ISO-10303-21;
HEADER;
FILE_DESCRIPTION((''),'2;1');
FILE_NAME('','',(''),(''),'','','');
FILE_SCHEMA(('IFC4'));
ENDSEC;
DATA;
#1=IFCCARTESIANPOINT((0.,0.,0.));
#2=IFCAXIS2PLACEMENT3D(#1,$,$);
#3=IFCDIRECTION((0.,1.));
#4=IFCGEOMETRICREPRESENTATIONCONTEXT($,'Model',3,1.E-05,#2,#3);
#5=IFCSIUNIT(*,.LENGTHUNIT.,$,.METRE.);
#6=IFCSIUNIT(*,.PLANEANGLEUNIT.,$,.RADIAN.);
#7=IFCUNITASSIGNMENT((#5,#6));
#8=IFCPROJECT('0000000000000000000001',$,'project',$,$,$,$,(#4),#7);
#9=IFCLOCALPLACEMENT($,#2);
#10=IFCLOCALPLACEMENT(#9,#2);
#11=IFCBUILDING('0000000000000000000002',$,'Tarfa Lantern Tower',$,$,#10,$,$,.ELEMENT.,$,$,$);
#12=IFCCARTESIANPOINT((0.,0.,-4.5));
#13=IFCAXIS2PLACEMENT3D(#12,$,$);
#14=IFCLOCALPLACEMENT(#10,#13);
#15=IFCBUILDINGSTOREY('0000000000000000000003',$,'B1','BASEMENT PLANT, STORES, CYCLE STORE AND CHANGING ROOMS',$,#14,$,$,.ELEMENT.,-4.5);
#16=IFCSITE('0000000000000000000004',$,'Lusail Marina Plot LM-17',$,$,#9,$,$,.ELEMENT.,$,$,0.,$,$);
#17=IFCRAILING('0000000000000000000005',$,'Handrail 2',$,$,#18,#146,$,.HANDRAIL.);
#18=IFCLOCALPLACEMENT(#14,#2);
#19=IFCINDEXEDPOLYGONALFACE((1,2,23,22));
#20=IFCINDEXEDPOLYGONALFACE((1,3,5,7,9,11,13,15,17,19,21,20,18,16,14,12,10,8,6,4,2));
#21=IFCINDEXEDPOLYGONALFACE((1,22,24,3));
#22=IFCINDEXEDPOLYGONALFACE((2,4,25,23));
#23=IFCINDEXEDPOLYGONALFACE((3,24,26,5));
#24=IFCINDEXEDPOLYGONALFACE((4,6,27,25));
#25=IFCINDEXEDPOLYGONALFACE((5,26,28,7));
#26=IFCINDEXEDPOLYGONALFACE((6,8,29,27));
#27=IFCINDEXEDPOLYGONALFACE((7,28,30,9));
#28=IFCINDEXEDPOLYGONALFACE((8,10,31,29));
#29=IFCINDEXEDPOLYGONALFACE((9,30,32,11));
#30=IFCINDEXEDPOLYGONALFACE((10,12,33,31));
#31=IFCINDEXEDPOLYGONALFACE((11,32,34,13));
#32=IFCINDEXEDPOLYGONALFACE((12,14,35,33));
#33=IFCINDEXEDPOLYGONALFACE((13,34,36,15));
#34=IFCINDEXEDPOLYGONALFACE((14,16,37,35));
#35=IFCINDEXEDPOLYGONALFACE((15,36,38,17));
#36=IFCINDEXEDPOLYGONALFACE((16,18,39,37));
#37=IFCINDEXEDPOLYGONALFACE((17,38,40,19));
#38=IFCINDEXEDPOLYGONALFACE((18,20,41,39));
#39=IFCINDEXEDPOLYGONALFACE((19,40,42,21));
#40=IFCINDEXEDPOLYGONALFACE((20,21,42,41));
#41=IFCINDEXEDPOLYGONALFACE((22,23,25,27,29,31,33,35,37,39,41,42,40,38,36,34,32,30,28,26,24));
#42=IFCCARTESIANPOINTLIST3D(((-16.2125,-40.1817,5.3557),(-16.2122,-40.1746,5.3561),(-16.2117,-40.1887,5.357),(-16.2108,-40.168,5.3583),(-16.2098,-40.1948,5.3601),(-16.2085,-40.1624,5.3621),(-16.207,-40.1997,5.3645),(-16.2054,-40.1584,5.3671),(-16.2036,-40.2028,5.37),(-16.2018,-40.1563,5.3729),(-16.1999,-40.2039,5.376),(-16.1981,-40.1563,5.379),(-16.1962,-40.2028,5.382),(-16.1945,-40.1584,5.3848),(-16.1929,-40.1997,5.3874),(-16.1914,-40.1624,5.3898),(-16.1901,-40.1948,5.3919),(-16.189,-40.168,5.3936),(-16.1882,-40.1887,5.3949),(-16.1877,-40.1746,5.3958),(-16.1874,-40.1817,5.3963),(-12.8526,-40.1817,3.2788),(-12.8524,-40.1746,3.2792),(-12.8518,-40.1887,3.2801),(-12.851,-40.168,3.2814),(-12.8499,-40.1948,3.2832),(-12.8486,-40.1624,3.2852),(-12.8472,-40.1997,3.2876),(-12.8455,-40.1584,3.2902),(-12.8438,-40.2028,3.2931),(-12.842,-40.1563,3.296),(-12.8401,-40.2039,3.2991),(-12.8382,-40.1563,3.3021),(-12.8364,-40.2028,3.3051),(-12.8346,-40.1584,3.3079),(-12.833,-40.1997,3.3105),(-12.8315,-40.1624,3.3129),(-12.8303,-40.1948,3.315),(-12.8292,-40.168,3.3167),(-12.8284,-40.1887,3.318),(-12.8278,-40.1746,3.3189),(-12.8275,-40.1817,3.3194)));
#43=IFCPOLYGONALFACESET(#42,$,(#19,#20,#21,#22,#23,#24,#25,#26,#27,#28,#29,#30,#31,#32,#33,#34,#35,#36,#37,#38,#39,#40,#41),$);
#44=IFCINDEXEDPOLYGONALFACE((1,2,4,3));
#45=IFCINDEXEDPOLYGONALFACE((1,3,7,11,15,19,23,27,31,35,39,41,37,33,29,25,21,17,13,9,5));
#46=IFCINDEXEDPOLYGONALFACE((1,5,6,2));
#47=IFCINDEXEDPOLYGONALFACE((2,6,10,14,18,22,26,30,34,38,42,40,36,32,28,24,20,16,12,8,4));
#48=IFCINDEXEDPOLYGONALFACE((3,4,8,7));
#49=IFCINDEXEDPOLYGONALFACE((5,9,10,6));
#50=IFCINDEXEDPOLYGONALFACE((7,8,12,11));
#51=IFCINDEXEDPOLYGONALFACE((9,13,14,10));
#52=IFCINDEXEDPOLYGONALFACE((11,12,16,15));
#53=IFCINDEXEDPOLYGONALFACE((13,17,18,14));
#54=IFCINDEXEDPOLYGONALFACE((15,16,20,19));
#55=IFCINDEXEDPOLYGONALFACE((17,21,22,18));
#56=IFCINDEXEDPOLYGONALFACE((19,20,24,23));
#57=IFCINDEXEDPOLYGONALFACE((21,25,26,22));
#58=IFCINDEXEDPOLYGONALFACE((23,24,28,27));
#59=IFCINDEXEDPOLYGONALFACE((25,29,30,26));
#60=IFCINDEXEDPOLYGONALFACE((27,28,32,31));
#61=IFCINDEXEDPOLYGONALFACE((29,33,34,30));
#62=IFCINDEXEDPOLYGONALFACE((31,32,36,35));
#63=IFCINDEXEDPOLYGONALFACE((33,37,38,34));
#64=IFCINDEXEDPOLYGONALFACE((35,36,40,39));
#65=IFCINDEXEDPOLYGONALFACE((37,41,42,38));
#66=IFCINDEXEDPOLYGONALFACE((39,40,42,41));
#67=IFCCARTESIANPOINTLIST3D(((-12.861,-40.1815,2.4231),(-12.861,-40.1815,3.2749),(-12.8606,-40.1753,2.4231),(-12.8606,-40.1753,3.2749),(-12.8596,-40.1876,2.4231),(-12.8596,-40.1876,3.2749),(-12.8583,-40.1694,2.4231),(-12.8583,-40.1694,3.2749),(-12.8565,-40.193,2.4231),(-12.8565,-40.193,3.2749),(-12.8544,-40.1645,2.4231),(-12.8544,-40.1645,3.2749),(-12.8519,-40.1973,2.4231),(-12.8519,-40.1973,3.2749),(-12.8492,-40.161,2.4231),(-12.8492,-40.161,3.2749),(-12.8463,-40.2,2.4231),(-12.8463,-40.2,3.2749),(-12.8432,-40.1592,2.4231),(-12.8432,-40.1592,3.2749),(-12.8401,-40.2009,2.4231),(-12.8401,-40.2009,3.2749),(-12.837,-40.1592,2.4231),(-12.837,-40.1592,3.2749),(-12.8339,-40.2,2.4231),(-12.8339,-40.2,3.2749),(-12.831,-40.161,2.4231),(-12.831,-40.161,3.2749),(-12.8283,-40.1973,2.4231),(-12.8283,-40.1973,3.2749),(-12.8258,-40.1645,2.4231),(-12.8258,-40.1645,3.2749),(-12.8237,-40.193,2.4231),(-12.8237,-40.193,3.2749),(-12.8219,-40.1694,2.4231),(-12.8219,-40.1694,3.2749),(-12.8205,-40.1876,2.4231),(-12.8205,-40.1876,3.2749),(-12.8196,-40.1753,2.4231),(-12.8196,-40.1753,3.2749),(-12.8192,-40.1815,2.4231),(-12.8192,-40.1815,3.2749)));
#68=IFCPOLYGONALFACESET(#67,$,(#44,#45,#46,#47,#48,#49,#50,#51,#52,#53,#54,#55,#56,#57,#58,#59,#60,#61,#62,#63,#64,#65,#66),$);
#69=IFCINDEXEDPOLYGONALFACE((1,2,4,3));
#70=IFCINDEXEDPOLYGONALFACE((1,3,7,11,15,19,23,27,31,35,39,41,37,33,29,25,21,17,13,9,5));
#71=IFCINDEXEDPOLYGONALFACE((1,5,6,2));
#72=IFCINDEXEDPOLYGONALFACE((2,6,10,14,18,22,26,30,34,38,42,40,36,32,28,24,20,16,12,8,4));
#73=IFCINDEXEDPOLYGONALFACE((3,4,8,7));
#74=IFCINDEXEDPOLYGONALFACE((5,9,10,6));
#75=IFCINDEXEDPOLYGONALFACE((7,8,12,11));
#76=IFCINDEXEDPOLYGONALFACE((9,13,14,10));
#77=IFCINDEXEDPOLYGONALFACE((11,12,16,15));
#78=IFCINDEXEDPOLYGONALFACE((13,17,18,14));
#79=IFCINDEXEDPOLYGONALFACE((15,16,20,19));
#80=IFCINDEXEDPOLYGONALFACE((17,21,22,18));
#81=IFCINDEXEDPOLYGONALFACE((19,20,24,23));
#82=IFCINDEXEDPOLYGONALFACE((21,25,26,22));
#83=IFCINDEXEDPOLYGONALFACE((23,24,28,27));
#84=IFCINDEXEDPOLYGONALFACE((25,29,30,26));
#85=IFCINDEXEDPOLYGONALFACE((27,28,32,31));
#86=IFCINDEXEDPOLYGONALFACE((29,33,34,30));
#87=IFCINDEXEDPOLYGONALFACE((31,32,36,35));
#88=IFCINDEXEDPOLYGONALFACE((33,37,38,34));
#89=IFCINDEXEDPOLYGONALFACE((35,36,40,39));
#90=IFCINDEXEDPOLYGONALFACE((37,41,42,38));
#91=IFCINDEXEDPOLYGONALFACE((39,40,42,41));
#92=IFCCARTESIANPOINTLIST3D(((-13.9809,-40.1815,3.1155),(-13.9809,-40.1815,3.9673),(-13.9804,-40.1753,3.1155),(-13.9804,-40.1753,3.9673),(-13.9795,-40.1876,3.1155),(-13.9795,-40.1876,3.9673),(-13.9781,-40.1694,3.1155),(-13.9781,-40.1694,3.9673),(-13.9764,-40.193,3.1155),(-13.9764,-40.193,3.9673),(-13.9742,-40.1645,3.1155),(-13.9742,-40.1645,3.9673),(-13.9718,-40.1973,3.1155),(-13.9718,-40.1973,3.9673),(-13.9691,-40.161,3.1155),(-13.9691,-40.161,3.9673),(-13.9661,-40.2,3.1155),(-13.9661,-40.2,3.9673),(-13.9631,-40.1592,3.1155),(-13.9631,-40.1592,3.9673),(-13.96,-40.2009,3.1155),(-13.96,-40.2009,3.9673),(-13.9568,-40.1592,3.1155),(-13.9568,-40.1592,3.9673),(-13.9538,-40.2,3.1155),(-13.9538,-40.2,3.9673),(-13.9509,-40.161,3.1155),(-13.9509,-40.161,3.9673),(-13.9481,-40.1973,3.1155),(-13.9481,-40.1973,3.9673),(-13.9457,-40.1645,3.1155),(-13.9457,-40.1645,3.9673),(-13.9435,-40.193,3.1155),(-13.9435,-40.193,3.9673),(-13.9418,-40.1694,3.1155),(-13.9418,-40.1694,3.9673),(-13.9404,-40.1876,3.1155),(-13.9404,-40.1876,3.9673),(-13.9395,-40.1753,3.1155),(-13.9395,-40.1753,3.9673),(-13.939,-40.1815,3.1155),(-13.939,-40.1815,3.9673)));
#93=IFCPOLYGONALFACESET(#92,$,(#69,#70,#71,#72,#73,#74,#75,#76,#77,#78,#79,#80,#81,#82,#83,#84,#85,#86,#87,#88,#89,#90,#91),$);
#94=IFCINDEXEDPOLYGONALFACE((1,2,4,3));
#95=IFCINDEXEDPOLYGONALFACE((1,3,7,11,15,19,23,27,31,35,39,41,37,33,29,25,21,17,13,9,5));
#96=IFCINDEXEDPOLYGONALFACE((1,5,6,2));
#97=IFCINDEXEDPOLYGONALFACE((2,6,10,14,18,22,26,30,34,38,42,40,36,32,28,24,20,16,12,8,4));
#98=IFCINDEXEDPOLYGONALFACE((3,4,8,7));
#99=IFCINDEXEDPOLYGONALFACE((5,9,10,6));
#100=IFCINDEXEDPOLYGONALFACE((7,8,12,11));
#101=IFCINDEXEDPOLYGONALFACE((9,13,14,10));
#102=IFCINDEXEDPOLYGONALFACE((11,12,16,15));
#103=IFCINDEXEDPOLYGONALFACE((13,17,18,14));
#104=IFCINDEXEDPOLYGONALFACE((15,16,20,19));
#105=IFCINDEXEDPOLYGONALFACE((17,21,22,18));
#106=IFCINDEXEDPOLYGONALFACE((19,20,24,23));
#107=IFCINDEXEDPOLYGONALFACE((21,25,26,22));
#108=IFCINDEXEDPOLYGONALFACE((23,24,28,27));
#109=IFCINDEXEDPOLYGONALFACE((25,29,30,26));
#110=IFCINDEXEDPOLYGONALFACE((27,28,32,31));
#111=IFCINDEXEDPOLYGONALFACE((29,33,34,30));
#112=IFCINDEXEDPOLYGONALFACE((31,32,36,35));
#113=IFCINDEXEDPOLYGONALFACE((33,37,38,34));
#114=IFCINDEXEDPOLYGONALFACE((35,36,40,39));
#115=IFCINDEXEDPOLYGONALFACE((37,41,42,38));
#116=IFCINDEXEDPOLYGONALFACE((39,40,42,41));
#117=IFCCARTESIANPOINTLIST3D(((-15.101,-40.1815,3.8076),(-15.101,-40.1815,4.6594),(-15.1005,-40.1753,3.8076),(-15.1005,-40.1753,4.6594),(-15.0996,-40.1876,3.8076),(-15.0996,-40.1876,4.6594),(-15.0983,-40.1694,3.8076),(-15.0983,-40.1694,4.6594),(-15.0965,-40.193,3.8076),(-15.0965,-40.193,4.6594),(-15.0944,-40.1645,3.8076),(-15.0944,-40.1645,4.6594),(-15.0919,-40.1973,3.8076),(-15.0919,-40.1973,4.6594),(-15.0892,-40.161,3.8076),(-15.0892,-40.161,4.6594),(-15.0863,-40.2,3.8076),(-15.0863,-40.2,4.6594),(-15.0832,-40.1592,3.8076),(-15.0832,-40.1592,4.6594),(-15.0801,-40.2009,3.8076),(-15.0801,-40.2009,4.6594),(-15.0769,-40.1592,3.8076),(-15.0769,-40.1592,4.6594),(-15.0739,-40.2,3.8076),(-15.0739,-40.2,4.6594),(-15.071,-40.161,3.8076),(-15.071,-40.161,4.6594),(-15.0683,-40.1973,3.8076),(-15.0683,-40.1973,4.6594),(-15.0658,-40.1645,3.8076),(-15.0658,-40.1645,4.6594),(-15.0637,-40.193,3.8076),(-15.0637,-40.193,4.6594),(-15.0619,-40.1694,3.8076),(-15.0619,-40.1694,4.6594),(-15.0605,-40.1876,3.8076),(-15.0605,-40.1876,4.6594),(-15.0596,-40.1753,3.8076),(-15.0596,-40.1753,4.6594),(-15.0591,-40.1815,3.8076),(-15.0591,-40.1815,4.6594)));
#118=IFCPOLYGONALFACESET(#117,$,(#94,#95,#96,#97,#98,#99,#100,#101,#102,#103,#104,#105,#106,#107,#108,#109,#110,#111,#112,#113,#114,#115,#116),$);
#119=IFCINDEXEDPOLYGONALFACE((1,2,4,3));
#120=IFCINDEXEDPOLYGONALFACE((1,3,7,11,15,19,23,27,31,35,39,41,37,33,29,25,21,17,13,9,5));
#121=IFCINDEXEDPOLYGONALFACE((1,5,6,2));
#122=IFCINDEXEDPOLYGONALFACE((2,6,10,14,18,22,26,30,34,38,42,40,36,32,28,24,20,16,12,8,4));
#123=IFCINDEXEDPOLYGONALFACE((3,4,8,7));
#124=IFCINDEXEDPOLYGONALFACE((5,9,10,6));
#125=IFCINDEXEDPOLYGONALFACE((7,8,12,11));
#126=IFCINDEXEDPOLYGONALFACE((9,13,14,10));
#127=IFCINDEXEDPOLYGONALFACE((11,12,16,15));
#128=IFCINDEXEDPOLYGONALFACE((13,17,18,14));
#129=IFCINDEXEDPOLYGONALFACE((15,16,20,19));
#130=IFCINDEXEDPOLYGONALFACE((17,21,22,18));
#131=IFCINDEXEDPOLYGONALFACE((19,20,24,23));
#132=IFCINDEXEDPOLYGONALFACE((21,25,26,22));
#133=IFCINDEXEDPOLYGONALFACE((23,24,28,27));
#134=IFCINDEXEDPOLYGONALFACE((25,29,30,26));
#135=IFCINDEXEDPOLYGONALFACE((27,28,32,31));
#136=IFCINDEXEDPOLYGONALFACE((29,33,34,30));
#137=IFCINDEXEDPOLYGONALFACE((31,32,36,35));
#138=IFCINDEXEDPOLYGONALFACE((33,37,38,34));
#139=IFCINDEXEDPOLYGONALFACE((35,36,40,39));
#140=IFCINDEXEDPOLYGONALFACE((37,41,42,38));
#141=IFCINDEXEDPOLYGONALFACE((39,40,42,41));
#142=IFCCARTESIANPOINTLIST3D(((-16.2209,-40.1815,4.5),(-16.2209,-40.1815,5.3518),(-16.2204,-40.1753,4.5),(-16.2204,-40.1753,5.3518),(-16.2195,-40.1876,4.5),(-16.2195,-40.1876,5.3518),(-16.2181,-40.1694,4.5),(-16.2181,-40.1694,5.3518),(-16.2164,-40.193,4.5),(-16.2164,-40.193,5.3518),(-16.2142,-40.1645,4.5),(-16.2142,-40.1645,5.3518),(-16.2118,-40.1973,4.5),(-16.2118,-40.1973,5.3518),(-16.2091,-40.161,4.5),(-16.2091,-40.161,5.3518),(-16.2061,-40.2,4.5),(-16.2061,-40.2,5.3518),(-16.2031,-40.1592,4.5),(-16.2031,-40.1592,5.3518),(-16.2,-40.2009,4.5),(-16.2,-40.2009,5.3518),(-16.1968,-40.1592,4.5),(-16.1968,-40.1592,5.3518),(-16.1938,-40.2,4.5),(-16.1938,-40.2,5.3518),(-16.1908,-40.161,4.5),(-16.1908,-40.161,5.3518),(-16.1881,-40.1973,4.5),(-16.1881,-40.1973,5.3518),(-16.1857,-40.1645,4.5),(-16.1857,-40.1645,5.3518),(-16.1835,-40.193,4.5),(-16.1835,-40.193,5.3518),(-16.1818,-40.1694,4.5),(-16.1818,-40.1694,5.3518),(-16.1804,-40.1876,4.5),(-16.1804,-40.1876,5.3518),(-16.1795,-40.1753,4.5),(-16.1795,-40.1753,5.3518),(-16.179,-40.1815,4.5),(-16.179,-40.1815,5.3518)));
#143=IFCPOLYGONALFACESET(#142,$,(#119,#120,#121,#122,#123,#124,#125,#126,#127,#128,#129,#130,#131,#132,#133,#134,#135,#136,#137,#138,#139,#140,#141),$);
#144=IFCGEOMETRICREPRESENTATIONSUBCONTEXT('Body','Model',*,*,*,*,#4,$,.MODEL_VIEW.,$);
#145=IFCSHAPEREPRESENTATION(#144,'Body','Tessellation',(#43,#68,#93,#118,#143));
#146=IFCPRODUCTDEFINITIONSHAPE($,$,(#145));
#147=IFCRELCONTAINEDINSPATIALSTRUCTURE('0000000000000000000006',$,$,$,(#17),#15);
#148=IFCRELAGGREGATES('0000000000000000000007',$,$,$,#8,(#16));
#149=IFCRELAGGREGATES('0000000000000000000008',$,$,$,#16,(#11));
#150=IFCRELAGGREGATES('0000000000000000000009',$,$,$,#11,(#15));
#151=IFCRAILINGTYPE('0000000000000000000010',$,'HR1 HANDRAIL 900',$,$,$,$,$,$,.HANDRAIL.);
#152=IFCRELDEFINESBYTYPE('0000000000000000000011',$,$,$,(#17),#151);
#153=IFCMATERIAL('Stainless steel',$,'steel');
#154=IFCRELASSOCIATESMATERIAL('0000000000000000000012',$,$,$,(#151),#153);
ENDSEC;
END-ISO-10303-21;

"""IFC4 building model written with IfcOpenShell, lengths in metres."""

from ifc_helpers import new_model, si_unit, direction, frame, origin, origin_2d, place, context, subcontext, project, spatial, circle, extrude, material, type_object, element, save


model = new_model("IFC4")

# Units and contexts
model_context = context("Model", 3, precision=1e-05, world=origin(), true_north=direction((0.0, 1.0)))
body_context = subcontext(model_context, "Body", "Model", "MODEL_VIEW")
ifc_project = project(units=[si_unit("LENGTHUNIT", "METRE"), si_unit("PLANEANGLEUNIT", "RADIAN")], contexts=[model_context])

# Site, building, storey
site_placement = place(None, origin())
site = spatial("IfcSite", under=ifc_project, at=site_placement, Name="Lusail Marina Plot LM-17", CompositionType="ELEMENT", RefElevation=0.0)
building_placement = place(site_placement, origin())
building = spatial("IfcBuilding", under=site, at=building_placement, Name="Tarfa Lantern Tower", CompositionType="ELEMENT")
storey_placement = place(building_placement, frame((0.0, 0.0, -4.5)))
storey = spatial("IfcBuildingStorey", under=building, at=storey_placement, Name="B1", Description="BASEMENT PLANT, STORES, CYCLE STORE AND CHANGING ROOMS", CompositionType="ELEMENT", Elevation=-4.5)

# Railing
ifc_material_1 = material(Name="Stainless steel", Category="steel")
railing_type = type_object("IfcRailingType", Name="HR1 HANDRAIL 900", PredefinedType="HANDRAIL", material=ifc_material_1)
railing_1_placement = place(storey_placement, frame((-12.8401, -40.1799, 2.4231)))
element("IfcRailing", 1, at=railing_1_placement, inside=storey, type_object=railing_type, Name="Handrail 2", PredefinedType="HANDRAIL", context=body_context, shape_type="SweptSolid", body=[
    extrude(circle(Radius=0.0239, at=origin_2d()), frame((0.0, 0.0, 0.876), z_axis=(-0.850606, 0.0, 0.525803), x_axis=(0.0, -1.0, 0.0)), (0.0, 0.0, 1.0), 3.95),
    extrude(circle(Radius=0.021, at=origin_2d()), frame((0.0, 0.0, 0.0), z_axis=(0.0, 0.0, 1.0), x_axis=(0.0, -1.0, 0.0)), (0.0, 0.0, 1.0), 0.8518),
    extrude(circle(Radius=0.021, at=origin_2d()), frame((-1.1199, 0.0, 0.6924), z_axis=(0.0, 0.0, 1.0), x_axis=(0.0, -1.0, 0.0)), (0.0, 0.0, 1.0), 0.8518),
    extrude(circle(Radius=0.021, at=origin_2d()), frame((-2.24, 0.0, 1.3845), z_axis=(0.0, 0.0, 1.0), x_axis=(0.0, -1.0, 0.0)), (0.0, 0.0, 1.0), 0.8518),
    extrude(circle(Radius=0.021, at=origin_2d()), frame((-3.3599, 0.0, 2.0769), z_axis=(0.0, 0.0, 1.0), x_axis=(0.0, -1.0, 0.0)), (0.0, 0.0, 1.0), 0.8518),
])

save(model, "model.ifc")
